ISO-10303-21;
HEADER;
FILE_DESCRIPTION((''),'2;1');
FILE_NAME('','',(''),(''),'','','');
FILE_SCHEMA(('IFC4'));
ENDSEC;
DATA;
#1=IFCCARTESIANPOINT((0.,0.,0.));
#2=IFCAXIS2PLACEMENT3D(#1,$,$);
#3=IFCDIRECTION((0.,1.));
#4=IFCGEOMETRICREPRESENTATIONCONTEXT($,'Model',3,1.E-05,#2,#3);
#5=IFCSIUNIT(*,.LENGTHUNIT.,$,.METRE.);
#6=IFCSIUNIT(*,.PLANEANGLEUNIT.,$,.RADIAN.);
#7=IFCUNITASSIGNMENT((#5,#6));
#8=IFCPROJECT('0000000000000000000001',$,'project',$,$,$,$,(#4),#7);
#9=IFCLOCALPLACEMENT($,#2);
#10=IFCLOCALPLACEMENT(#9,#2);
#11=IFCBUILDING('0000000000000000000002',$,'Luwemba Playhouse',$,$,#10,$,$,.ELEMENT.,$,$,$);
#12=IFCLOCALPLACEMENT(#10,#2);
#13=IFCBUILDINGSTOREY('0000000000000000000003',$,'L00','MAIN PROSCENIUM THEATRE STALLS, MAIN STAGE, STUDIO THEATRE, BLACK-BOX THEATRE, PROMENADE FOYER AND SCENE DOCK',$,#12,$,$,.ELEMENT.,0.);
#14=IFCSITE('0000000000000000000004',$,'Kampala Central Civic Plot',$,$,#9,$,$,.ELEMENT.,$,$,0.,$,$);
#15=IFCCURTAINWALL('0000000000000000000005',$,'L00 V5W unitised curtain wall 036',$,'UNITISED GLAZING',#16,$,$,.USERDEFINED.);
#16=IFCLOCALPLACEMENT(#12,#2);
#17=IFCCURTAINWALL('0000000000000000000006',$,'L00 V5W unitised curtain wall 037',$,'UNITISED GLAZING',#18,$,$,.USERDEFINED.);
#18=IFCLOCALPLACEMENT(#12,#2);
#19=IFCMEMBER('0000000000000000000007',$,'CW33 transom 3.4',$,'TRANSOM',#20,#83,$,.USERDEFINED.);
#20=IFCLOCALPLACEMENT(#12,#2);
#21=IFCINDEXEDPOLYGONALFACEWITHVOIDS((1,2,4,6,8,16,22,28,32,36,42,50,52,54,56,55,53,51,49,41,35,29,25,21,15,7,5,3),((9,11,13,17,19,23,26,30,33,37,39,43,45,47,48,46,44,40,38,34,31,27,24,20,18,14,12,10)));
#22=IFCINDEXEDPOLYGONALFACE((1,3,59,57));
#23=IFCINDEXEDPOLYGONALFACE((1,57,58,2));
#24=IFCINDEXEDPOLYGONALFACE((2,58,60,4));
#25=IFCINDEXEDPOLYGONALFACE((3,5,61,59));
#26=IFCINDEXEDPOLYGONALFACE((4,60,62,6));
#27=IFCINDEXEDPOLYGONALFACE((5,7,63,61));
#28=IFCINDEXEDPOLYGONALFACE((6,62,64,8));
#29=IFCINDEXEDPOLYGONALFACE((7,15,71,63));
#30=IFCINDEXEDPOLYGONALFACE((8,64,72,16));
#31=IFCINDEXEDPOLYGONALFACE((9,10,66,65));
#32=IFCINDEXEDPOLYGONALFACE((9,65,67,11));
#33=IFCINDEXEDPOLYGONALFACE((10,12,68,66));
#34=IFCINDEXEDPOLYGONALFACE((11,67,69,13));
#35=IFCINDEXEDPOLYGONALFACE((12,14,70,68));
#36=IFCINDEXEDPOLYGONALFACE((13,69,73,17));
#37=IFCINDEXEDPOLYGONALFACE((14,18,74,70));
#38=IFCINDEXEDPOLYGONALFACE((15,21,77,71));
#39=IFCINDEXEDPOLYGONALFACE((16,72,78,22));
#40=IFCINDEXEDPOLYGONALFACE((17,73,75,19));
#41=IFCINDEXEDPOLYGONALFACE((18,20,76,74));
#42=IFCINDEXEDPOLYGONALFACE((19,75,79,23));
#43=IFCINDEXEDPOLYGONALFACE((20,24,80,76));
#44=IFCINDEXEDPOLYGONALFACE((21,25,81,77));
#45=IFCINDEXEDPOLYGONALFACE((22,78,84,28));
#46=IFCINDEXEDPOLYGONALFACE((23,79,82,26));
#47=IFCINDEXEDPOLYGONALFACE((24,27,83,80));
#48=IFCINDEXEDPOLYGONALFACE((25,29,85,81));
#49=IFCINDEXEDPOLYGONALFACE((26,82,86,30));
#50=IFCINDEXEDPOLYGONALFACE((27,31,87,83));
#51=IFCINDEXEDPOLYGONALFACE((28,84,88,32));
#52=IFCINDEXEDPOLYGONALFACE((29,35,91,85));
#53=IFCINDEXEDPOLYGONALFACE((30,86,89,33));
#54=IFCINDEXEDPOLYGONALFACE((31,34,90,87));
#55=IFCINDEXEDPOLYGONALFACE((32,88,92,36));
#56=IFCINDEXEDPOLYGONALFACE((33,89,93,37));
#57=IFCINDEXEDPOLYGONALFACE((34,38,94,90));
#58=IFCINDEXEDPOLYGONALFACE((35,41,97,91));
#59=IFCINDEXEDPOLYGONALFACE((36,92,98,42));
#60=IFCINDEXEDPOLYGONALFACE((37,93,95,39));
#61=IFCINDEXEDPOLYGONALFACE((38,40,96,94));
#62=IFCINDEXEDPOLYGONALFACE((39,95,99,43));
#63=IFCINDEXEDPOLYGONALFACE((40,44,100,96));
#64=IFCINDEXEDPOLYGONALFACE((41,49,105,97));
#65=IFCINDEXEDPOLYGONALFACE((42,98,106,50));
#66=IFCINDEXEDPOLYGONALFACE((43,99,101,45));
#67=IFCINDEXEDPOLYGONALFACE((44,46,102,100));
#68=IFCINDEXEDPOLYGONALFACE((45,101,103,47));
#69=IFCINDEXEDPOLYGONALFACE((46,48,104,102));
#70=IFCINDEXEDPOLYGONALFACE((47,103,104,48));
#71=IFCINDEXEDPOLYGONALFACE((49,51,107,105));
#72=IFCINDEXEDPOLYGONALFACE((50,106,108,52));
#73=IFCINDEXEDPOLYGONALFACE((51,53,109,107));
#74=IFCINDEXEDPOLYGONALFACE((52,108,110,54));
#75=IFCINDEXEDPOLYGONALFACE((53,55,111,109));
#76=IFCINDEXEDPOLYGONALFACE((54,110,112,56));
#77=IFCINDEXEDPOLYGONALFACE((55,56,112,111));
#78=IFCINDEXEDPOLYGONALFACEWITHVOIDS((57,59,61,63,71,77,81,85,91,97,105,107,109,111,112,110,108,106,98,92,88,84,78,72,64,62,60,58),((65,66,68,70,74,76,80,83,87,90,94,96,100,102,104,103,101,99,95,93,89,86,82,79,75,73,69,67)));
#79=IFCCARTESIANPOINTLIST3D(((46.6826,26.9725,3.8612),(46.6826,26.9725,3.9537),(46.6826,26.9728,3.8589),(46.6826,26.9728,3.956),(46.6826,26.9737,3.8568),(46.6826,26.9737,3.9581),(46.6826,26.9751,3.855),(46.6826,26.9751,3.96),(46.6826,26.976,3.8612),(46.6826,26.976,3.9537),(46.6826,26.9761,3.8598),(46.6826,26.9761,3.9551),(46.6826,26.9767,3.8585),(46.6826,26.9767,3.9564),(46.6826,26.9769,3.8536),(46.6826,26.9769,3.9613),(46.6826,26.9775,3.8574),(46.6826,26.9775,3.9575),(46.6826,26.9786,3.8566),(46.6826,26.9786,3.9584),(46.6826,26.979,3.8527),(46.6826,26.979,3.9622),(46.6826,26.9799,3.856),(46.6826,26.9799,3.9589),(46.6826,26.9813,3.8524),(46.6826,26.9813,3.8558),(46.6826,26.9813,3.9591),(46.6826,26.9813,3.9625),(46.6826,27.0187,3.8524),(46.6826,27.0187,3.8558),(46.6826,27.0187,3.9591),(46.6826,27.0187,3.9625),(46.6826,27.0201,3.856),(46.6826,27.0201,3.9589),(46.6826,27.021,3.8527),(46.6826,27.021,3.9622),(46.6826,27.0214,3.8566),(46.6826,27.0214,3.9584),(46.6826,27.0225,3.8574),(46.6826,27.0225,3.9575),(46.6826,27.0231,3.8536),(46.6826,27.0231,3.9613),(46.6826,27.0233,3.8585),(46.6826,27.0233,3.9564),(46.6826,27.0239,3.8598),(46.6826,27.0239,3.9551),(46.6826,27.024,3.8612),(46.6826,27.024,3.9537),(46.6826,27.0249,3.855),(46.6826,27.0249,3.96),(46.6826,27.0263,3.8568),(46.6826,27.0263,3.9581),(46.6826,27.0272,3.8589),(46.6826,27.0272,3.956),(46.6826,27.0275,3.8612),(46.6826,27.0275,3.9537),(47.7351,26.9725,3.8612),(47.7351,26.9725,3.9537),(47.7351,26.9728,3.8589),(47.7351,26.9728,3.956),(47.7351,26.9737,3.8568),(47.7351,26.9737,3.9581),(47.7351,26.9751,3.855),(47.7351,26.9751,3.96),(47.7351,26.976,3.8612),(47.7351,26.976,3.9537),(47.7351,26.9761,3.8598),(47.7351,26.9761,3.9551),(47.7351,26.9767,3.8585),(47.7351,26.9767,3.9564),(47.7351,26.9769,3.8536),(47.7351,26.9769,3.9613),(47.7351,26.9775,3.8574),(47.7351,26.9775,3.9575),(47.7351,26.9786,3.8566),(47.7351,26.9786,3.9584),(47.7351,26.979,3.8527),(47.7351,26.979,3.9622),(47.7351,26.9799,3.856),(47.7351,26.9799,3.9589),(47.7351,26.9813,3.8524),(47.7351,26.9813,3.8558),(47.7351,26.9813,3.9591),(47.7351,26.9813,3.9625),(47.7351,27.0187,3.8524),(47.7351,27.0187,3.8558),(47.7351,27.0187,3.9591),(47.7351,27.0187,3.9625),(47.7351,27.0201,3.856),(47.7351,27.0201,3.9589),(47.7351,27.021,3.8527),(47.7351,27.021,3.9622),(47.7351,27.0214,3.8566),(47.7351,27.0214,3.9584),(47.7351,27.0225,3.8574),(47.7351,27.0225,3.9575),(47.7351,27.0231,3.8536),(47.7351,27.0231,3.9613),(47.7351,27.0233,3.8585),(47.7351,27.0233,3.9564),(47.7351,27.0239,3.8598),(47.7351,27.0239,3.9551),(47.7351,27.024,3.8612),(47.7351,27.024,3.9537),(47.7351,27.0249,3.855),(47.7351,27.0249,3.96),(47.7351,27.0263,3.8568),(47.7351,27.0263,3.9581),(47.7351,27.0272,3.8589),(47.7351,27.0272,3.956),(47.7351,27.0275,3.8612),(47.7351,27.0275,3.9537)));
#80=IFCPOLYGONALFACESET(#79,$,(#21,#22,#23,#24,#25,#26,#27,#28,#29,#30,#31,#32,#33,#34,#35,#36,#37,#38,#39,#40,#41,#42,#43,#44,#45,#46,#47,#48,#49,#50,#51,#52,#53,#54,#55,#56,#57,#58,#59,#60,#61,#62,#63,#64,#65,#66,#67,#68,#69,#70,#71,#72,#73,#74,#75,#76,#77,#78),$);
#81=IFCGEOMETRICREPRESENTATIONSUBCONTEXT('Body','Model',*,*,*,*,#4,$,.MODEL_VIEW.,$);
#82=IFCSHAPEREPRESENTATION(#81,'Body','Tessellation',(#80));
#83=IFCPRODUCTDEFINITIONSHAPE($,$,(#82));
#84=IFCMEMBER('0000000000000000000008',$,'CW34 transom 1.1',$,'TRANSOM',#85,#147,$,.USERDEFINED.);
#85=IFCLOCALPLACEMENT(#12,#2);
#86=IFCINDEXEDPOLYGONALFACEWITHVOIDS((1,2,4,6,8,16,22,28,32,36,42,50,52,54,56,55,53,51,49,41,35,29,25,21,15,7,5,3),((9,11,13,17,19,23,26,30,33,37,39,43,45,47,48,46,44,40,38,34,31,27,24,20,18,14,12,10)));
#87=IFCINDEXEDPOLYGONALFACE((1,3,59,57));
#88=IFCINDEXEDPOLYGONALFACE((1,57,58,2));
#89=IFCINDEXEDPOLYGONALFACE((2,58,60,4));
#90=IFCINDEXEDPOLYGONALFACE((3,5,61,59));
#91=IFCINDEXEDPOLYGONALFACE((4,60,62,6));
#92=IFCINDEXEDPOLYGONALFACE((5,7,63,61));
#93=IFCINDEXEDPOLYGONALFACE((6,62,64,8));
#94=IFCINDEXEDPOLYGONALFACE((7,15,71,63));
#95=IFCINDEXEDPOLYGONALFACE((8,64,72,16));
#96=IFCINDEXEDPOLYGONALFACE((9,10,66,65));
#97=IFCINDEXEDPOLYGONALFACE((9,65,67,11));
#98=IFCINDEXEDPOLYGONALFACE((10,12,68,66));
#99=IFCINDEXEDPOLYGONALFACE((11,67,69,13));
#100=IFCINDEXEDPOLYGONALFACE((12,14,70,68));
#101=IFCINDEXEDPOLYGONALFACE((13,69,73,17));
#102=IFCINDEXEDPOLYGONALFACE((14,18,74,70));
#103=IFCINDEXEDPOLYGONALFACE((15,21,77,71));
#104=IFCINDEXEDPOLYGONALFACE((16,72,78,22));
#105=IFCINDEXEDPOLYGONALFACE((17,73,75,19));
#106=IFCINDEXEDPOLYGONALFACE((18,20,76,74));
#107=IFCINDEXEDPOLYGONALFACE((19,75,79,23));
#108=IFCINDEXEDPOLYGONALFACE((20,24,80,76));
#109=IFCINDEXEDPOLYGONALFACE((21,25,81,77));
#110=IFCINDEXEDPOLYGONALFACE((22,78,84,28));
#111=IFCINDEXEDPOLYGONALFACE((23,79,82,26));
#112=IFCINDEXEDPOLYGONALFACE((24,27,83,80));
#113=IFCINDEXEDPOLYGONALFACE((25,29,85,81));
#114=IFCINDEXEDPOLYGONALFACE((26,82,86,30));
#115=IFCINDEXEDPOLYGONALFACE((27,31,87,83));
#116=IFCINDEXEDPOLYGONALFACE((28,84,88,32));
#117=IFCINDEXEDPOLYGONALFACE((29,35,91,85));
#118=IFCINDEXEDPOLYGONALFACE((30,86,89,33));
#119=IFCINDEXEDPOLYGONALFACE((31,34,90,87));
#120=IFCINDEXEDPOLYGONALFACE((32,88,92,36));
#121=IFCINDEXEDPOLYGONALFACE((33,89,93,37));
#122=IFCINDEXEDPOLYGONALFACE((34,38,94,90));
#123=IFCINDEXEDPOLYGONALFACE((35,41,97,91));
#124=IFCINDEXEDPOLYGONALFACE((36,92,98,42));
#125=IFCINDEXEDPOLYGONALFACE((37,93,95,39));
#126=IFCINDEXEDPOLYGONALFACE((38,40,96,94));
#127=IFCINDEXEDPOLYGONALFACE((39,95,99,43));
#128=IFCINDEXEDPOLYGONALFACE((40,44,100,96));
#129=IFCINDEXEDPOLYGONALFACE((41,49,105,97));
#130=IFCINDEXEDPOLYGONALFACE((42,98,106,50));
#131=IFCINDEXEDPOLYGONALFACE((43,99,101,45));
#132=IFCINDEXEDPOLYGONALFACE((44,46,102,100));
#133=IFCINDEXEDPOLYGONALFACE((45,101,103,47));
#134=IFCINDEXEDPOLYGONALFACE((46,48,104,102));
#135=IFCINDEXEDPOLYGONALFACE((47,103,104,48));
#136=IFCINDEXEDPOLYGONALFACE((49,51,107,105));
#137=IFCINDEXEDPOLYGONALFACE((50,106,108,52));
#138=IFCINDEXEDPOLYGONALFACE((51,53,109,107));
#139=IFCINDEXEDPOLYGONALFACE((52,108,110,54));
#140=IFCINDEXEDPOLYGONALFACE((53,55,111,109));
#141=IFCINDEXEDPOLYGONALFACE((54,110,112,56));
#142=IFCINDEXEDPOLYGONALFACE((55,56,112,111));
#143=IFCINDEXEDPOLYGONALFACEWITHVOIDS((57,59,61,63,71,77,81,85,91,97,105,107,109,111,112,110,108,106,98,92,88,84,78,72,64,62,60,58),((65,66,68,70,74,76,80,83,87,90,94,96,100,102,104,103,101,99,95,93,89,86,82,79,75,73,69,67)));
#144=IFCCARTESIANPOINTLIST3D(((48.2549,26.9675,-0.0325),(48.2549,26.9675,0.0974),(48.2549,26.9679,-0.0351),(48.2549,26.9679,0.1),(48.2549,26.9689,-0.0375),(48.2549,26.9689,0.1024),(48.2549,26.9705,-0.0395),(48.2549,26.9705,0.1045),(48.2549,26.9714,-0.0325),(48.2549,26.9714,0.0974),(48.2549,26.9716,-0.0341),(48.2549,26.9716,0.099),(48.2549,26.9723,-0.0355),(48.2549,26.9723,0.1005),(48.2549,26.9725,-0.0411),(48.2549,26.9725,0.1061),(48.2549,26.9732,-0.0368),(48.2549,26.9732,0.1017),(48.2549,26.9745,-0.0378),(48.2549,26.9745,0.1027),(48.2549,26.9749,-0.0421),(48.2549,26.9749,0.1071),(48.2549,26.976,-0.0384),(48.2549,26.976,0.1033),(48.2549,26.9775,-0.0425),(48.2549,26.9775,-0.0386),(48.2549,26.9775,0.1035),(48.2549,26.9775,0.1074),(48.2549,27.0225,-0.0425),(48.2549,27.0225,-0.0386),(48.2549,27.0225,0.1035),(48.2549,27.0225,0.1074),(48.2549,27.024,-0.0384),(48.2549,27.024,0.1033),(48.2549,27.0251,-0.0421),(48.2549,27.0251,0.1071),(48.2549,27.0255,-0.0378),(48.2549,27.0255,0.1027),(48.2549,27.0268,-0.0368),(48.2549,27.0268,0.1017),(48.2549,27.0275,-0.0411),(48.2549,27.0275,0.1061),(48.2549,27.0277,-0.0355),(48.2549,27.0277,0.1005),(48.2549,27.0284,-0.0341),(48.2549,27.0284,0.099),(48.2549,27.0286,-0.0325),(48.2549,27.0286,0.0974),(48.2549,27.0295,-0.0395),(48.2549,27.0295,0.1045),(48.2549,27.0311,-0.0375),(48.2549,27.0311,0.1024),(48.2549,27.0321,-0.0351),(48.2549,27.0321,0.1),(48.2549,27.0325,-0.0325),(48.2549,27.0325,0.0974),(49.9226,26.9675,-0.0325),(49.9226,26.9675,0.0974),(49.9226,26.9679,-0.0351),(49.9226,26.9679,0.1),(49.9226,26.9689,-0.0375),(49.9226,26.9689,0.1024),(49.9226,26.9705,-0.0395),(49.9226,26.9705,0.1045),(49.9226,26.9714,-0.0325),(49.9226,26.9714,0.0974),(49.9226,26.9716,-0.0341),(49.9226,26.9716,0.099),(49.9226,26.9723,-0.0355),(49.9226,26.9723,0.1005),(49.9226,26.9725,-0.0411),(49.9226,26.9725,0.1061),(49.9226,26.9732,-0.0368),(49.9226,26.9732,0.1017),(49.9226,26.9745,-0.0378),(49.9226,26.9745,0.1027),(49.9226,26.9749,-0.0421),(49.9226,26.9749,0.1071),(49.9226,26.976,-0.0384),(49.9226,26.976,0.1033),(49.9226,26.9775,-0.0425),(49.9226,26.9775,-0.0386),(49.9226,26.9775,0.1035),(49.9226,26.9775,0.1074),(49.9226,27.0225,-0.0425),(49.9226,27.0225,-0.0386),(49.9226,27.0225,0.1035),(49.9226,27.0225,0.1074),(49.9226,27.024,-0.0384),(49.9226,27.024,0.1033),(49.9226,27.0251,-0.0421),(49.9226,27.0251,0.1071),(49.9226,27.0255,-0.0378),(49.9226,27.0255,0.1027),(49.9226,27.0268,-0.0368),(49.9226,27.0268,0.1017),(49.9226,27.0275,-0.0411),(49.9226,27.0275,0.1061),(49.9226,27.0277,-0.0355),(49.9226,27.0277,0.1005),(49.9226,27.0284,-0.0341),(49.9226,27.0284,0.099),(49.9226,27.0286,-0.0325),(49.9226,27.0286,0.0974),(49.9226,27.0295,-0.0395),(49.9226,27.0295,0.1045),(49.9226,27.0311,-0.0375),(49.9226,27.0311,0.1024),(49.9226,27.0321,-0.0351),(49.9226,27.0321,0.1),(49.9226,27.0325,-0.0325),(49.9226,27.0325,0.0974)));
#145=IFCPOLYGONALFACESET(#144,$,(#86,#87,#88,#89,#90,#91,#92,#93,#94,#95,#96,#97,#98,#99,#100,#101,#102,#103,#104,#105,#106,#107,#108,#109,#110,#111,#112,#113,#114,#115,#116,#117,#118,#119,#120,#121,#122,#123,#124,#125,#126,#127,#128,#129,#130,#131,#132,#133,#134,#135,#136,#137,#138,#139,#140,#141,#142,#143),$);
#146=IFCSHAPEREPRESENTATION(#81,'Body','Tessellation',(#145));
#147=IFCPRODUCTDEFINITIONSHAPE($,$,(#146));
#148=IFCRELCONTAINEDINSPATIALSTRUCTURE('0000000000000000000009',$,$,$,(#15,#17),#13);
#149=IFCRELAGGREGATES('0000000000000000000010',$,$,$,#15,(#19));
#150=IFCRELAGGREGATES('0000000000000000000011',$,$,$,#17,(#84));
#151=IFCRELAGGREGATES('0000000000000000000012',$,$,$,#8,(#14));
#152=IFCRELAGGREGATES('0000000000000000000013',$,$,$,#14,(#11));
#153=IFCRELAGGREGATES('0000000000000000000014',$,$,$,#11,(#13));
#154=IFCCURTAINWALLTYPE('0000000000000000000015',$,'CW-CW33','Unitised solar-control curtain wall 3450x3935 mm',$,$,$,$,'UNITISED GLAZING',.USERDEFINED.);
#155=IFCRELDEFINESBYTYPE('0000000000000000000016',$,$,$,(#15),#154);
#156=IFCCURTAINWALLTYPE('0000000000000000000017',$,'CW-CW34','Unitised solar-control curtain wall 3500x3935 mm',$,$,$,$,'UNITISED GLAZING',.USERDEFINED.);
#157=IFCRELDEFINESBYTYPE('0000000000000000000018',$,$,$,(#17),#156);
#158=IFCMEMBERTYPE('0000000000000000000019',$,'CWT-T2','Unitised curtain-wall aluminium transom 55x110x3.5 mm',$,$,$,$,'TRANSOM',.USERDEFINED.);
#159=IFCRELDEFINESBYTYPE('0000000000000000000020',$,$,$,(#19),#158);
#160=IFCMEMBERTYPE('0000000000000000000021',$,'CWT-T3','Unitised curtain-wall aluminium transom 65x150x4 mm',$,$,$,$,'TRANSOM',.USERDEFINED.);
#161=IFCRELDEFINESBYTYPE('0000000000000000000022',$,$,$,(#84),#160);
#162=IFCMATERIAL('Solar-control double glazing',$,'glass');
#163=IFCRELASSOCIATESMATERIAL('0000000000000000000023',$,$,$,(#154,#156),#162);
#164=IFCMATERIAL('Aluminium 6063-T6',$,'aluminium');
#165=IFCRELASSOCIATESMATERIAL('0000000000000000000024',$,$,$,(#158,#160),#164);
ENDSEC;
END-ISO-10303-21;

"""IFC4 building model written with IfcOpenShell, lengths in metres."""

from ifc_helpers import new_model, si_unit, direction, frame, origin, origin_2d, place, context, subcontext, project, spatial, hollow_rectangle, extrude, material, material_profile, profile_set, type_object, element, aggregate, save


model = new_model("IFC4")

# Units and contexts
model_context = context("Model", 3, precision=1e-05, world=origin(), true_north=direction((0.0, 1.0)))
body_context = subcontext(model_context, "Body", "Model", "MODEL_VIEW")
ifc_project = project(units=[si_unit("LENGTHUNIT", "METRE"), si_unit("PLANEANGLEUNIT", "RADIAN")], contexts=[model_context])

# Site, building, storey
site_placement = place(None, origin())
site = spatial("IfcSite", under=ifc_project, at=site_placement, Name="Kampala Central Civic Plot", CompositionType="ELEMENT", RefElevation=0.0)
building_placement = place(site_placement, origin())
building = spatial("IfcBuilding", under=site, at=building_placement, Name="Luwemba Playhouse", CompositionType="ELEMENT")
storey_placement = place(building_placement, origin())
storey = spatial("IfcBuildingStorey", under=building, at=storey_placement, Name="L00", Description="MAIN PROSCENIUM THEATRE STALLS, MAIN STAGE, STUDIO THEATRE, BLACK-BOX THEATRE, PROMENADE FOYER AND SCENE DOCK", CompositionType="ELEMENT", Elevation=0.0)

# Curtain wall
ifc_material_1 = material(Name="Solar-control double glazing", Category="glass")
curtain_wall_type_1 = type_object("IfcCurtainWallType", Name="CW-CW33", Description="Unitised solar-control curtain wall 3450x3935 mm", ElementType="UNITISED GLAZING", PredefinedType="USERDEFINED", material=ifc_material_1)
curtain_wall_1_placement = place(storey_placement, origin())
curtain_wall_1 = element("IfcCurtainWall", 1, at=curtain_wall_1_placement, inside=storey, type_object=curtain_wall_type_1, Name="L00 V5W unitised curtain wall 036", ObjectType="UNITISED GLAZING", PredefinedType="USERDEFINED")
ifc_material_2 = material(Name="Aluminium 6063-T6", Category="aluminium")

# Curtain wall
curtain_wall_type_2 = type_object("IfcCurtainWallType", Name="CW-CW34", Description="Unitised solar-control curtain wall 3500x3935 mm", ElementType="UNITISED GLAZING", PredefinedType="USERDEFINED", material=ifc_material_1)
curtain_wall_2_placement = place(storey_placement, origin())
curtain_wall_2 = element("IfcCurtainWall", 2, at=curtain_wall_2_placement, inside=storey, type_object=curtain_wall_type_2, Name="L00 V5W unitised curtain wall 037", ObjectType="UNITISED GLAZING", PredefinedType="USERDEFINED")

# Members
ifc_material_profile_1 = material_profile(ifc_material_2, hollow_rectangle(XDim=0.0549, YDim=0.1101, WallThickness=0.0034, InnerFilletRadius=0.0054, OuterFilletRadius=0.0088, at=origin_2d()))
ifc_profile_set_1 = profile_set([ifc_material_profile_1], Name="Aluminium 6063-T6")
member_type_1 = type_object("IfcMemberType", Name="CWT-T2", Description="Unitised curtain-wall aluminium transom 55x110x3.5 mm", ElementType="TRANSOM", PredefinedType="USERDEFINED", material=ifc_profile_set_1)
member_1_placement = place(storey_placement, frame((46.6826, 27.0, 3.9075), z_axis=(1.0, 0.0, 0.0), x_axis=(0.0, 1.0, 0.0)))
member_1 = element("IfcMember", 3, at=member_1_placement, type_object=member_type_1, Name="CW33 transom 3.4", ObjectType="TRANSOM", PredefinedType="USERDEFINED", context=body_context, shape_type="SweptSolid", body=[
    extrude(hollow_rectangle(XDim=0.0549, YDim=0.1101, WallThickness=0.0034, InnerFilletRadius=0.0054, OuterFilletRadius=0.0088, at=origin_2d()), origin(), (0.0, 0.0, 1.0), 1.0525),
])
ifc_material_profile_2 = material_profile(ifc_material_2, hollow_rectangle(XDim=0.0649, YDim=0.1499, WallThickness=0.0039, InnerFilletRadius=0.0061, OuterFilletRadius=0.01, at=origin_2d()))
ifc_profile_set_2 = profile_set([ifc_material_profile_2], Name="Aluminium 6063-T6")
member_type_2 = type_object("IfcMemberType", Name="CWT-T3", Description="Unitised curtain-wall aluminium transom 65x150x4 mm", ElementType="TRANSOM", PredefinedType="USERDEFINED", material=ifc_profile_set_2)
member_2_placement = place(storey_placement, frame((48.2549, 27.0, 0.0325), z_axis=(1.0, 0.0, 0.0), x_axis=(0.0, 1.0, 0.0)))
member_2 = element("IfcMember", 4, at=member_2_placement, type_object=member_type_2, Name="CW34 transom 1.1", ObjectType="TRANSOM", PredefinedType="USERDEFINED", context=body_context, shape_type="SweptSolid", body=[
    extrude(hollow_rectangle(XDim=0.0649, YDim=0.1499, WallThickness=0.0039, InnerFilletRadius=0.0061, OuterFilletRadius=0.01, at=origin_2d()), origin(), (0.0, 0.0, 1.0), 1.6677),
])

aggregate(curtain_wall_1, [member_1])
aggregate(curtain_wall_2, [member_2])

save(model, "model.ifc")
